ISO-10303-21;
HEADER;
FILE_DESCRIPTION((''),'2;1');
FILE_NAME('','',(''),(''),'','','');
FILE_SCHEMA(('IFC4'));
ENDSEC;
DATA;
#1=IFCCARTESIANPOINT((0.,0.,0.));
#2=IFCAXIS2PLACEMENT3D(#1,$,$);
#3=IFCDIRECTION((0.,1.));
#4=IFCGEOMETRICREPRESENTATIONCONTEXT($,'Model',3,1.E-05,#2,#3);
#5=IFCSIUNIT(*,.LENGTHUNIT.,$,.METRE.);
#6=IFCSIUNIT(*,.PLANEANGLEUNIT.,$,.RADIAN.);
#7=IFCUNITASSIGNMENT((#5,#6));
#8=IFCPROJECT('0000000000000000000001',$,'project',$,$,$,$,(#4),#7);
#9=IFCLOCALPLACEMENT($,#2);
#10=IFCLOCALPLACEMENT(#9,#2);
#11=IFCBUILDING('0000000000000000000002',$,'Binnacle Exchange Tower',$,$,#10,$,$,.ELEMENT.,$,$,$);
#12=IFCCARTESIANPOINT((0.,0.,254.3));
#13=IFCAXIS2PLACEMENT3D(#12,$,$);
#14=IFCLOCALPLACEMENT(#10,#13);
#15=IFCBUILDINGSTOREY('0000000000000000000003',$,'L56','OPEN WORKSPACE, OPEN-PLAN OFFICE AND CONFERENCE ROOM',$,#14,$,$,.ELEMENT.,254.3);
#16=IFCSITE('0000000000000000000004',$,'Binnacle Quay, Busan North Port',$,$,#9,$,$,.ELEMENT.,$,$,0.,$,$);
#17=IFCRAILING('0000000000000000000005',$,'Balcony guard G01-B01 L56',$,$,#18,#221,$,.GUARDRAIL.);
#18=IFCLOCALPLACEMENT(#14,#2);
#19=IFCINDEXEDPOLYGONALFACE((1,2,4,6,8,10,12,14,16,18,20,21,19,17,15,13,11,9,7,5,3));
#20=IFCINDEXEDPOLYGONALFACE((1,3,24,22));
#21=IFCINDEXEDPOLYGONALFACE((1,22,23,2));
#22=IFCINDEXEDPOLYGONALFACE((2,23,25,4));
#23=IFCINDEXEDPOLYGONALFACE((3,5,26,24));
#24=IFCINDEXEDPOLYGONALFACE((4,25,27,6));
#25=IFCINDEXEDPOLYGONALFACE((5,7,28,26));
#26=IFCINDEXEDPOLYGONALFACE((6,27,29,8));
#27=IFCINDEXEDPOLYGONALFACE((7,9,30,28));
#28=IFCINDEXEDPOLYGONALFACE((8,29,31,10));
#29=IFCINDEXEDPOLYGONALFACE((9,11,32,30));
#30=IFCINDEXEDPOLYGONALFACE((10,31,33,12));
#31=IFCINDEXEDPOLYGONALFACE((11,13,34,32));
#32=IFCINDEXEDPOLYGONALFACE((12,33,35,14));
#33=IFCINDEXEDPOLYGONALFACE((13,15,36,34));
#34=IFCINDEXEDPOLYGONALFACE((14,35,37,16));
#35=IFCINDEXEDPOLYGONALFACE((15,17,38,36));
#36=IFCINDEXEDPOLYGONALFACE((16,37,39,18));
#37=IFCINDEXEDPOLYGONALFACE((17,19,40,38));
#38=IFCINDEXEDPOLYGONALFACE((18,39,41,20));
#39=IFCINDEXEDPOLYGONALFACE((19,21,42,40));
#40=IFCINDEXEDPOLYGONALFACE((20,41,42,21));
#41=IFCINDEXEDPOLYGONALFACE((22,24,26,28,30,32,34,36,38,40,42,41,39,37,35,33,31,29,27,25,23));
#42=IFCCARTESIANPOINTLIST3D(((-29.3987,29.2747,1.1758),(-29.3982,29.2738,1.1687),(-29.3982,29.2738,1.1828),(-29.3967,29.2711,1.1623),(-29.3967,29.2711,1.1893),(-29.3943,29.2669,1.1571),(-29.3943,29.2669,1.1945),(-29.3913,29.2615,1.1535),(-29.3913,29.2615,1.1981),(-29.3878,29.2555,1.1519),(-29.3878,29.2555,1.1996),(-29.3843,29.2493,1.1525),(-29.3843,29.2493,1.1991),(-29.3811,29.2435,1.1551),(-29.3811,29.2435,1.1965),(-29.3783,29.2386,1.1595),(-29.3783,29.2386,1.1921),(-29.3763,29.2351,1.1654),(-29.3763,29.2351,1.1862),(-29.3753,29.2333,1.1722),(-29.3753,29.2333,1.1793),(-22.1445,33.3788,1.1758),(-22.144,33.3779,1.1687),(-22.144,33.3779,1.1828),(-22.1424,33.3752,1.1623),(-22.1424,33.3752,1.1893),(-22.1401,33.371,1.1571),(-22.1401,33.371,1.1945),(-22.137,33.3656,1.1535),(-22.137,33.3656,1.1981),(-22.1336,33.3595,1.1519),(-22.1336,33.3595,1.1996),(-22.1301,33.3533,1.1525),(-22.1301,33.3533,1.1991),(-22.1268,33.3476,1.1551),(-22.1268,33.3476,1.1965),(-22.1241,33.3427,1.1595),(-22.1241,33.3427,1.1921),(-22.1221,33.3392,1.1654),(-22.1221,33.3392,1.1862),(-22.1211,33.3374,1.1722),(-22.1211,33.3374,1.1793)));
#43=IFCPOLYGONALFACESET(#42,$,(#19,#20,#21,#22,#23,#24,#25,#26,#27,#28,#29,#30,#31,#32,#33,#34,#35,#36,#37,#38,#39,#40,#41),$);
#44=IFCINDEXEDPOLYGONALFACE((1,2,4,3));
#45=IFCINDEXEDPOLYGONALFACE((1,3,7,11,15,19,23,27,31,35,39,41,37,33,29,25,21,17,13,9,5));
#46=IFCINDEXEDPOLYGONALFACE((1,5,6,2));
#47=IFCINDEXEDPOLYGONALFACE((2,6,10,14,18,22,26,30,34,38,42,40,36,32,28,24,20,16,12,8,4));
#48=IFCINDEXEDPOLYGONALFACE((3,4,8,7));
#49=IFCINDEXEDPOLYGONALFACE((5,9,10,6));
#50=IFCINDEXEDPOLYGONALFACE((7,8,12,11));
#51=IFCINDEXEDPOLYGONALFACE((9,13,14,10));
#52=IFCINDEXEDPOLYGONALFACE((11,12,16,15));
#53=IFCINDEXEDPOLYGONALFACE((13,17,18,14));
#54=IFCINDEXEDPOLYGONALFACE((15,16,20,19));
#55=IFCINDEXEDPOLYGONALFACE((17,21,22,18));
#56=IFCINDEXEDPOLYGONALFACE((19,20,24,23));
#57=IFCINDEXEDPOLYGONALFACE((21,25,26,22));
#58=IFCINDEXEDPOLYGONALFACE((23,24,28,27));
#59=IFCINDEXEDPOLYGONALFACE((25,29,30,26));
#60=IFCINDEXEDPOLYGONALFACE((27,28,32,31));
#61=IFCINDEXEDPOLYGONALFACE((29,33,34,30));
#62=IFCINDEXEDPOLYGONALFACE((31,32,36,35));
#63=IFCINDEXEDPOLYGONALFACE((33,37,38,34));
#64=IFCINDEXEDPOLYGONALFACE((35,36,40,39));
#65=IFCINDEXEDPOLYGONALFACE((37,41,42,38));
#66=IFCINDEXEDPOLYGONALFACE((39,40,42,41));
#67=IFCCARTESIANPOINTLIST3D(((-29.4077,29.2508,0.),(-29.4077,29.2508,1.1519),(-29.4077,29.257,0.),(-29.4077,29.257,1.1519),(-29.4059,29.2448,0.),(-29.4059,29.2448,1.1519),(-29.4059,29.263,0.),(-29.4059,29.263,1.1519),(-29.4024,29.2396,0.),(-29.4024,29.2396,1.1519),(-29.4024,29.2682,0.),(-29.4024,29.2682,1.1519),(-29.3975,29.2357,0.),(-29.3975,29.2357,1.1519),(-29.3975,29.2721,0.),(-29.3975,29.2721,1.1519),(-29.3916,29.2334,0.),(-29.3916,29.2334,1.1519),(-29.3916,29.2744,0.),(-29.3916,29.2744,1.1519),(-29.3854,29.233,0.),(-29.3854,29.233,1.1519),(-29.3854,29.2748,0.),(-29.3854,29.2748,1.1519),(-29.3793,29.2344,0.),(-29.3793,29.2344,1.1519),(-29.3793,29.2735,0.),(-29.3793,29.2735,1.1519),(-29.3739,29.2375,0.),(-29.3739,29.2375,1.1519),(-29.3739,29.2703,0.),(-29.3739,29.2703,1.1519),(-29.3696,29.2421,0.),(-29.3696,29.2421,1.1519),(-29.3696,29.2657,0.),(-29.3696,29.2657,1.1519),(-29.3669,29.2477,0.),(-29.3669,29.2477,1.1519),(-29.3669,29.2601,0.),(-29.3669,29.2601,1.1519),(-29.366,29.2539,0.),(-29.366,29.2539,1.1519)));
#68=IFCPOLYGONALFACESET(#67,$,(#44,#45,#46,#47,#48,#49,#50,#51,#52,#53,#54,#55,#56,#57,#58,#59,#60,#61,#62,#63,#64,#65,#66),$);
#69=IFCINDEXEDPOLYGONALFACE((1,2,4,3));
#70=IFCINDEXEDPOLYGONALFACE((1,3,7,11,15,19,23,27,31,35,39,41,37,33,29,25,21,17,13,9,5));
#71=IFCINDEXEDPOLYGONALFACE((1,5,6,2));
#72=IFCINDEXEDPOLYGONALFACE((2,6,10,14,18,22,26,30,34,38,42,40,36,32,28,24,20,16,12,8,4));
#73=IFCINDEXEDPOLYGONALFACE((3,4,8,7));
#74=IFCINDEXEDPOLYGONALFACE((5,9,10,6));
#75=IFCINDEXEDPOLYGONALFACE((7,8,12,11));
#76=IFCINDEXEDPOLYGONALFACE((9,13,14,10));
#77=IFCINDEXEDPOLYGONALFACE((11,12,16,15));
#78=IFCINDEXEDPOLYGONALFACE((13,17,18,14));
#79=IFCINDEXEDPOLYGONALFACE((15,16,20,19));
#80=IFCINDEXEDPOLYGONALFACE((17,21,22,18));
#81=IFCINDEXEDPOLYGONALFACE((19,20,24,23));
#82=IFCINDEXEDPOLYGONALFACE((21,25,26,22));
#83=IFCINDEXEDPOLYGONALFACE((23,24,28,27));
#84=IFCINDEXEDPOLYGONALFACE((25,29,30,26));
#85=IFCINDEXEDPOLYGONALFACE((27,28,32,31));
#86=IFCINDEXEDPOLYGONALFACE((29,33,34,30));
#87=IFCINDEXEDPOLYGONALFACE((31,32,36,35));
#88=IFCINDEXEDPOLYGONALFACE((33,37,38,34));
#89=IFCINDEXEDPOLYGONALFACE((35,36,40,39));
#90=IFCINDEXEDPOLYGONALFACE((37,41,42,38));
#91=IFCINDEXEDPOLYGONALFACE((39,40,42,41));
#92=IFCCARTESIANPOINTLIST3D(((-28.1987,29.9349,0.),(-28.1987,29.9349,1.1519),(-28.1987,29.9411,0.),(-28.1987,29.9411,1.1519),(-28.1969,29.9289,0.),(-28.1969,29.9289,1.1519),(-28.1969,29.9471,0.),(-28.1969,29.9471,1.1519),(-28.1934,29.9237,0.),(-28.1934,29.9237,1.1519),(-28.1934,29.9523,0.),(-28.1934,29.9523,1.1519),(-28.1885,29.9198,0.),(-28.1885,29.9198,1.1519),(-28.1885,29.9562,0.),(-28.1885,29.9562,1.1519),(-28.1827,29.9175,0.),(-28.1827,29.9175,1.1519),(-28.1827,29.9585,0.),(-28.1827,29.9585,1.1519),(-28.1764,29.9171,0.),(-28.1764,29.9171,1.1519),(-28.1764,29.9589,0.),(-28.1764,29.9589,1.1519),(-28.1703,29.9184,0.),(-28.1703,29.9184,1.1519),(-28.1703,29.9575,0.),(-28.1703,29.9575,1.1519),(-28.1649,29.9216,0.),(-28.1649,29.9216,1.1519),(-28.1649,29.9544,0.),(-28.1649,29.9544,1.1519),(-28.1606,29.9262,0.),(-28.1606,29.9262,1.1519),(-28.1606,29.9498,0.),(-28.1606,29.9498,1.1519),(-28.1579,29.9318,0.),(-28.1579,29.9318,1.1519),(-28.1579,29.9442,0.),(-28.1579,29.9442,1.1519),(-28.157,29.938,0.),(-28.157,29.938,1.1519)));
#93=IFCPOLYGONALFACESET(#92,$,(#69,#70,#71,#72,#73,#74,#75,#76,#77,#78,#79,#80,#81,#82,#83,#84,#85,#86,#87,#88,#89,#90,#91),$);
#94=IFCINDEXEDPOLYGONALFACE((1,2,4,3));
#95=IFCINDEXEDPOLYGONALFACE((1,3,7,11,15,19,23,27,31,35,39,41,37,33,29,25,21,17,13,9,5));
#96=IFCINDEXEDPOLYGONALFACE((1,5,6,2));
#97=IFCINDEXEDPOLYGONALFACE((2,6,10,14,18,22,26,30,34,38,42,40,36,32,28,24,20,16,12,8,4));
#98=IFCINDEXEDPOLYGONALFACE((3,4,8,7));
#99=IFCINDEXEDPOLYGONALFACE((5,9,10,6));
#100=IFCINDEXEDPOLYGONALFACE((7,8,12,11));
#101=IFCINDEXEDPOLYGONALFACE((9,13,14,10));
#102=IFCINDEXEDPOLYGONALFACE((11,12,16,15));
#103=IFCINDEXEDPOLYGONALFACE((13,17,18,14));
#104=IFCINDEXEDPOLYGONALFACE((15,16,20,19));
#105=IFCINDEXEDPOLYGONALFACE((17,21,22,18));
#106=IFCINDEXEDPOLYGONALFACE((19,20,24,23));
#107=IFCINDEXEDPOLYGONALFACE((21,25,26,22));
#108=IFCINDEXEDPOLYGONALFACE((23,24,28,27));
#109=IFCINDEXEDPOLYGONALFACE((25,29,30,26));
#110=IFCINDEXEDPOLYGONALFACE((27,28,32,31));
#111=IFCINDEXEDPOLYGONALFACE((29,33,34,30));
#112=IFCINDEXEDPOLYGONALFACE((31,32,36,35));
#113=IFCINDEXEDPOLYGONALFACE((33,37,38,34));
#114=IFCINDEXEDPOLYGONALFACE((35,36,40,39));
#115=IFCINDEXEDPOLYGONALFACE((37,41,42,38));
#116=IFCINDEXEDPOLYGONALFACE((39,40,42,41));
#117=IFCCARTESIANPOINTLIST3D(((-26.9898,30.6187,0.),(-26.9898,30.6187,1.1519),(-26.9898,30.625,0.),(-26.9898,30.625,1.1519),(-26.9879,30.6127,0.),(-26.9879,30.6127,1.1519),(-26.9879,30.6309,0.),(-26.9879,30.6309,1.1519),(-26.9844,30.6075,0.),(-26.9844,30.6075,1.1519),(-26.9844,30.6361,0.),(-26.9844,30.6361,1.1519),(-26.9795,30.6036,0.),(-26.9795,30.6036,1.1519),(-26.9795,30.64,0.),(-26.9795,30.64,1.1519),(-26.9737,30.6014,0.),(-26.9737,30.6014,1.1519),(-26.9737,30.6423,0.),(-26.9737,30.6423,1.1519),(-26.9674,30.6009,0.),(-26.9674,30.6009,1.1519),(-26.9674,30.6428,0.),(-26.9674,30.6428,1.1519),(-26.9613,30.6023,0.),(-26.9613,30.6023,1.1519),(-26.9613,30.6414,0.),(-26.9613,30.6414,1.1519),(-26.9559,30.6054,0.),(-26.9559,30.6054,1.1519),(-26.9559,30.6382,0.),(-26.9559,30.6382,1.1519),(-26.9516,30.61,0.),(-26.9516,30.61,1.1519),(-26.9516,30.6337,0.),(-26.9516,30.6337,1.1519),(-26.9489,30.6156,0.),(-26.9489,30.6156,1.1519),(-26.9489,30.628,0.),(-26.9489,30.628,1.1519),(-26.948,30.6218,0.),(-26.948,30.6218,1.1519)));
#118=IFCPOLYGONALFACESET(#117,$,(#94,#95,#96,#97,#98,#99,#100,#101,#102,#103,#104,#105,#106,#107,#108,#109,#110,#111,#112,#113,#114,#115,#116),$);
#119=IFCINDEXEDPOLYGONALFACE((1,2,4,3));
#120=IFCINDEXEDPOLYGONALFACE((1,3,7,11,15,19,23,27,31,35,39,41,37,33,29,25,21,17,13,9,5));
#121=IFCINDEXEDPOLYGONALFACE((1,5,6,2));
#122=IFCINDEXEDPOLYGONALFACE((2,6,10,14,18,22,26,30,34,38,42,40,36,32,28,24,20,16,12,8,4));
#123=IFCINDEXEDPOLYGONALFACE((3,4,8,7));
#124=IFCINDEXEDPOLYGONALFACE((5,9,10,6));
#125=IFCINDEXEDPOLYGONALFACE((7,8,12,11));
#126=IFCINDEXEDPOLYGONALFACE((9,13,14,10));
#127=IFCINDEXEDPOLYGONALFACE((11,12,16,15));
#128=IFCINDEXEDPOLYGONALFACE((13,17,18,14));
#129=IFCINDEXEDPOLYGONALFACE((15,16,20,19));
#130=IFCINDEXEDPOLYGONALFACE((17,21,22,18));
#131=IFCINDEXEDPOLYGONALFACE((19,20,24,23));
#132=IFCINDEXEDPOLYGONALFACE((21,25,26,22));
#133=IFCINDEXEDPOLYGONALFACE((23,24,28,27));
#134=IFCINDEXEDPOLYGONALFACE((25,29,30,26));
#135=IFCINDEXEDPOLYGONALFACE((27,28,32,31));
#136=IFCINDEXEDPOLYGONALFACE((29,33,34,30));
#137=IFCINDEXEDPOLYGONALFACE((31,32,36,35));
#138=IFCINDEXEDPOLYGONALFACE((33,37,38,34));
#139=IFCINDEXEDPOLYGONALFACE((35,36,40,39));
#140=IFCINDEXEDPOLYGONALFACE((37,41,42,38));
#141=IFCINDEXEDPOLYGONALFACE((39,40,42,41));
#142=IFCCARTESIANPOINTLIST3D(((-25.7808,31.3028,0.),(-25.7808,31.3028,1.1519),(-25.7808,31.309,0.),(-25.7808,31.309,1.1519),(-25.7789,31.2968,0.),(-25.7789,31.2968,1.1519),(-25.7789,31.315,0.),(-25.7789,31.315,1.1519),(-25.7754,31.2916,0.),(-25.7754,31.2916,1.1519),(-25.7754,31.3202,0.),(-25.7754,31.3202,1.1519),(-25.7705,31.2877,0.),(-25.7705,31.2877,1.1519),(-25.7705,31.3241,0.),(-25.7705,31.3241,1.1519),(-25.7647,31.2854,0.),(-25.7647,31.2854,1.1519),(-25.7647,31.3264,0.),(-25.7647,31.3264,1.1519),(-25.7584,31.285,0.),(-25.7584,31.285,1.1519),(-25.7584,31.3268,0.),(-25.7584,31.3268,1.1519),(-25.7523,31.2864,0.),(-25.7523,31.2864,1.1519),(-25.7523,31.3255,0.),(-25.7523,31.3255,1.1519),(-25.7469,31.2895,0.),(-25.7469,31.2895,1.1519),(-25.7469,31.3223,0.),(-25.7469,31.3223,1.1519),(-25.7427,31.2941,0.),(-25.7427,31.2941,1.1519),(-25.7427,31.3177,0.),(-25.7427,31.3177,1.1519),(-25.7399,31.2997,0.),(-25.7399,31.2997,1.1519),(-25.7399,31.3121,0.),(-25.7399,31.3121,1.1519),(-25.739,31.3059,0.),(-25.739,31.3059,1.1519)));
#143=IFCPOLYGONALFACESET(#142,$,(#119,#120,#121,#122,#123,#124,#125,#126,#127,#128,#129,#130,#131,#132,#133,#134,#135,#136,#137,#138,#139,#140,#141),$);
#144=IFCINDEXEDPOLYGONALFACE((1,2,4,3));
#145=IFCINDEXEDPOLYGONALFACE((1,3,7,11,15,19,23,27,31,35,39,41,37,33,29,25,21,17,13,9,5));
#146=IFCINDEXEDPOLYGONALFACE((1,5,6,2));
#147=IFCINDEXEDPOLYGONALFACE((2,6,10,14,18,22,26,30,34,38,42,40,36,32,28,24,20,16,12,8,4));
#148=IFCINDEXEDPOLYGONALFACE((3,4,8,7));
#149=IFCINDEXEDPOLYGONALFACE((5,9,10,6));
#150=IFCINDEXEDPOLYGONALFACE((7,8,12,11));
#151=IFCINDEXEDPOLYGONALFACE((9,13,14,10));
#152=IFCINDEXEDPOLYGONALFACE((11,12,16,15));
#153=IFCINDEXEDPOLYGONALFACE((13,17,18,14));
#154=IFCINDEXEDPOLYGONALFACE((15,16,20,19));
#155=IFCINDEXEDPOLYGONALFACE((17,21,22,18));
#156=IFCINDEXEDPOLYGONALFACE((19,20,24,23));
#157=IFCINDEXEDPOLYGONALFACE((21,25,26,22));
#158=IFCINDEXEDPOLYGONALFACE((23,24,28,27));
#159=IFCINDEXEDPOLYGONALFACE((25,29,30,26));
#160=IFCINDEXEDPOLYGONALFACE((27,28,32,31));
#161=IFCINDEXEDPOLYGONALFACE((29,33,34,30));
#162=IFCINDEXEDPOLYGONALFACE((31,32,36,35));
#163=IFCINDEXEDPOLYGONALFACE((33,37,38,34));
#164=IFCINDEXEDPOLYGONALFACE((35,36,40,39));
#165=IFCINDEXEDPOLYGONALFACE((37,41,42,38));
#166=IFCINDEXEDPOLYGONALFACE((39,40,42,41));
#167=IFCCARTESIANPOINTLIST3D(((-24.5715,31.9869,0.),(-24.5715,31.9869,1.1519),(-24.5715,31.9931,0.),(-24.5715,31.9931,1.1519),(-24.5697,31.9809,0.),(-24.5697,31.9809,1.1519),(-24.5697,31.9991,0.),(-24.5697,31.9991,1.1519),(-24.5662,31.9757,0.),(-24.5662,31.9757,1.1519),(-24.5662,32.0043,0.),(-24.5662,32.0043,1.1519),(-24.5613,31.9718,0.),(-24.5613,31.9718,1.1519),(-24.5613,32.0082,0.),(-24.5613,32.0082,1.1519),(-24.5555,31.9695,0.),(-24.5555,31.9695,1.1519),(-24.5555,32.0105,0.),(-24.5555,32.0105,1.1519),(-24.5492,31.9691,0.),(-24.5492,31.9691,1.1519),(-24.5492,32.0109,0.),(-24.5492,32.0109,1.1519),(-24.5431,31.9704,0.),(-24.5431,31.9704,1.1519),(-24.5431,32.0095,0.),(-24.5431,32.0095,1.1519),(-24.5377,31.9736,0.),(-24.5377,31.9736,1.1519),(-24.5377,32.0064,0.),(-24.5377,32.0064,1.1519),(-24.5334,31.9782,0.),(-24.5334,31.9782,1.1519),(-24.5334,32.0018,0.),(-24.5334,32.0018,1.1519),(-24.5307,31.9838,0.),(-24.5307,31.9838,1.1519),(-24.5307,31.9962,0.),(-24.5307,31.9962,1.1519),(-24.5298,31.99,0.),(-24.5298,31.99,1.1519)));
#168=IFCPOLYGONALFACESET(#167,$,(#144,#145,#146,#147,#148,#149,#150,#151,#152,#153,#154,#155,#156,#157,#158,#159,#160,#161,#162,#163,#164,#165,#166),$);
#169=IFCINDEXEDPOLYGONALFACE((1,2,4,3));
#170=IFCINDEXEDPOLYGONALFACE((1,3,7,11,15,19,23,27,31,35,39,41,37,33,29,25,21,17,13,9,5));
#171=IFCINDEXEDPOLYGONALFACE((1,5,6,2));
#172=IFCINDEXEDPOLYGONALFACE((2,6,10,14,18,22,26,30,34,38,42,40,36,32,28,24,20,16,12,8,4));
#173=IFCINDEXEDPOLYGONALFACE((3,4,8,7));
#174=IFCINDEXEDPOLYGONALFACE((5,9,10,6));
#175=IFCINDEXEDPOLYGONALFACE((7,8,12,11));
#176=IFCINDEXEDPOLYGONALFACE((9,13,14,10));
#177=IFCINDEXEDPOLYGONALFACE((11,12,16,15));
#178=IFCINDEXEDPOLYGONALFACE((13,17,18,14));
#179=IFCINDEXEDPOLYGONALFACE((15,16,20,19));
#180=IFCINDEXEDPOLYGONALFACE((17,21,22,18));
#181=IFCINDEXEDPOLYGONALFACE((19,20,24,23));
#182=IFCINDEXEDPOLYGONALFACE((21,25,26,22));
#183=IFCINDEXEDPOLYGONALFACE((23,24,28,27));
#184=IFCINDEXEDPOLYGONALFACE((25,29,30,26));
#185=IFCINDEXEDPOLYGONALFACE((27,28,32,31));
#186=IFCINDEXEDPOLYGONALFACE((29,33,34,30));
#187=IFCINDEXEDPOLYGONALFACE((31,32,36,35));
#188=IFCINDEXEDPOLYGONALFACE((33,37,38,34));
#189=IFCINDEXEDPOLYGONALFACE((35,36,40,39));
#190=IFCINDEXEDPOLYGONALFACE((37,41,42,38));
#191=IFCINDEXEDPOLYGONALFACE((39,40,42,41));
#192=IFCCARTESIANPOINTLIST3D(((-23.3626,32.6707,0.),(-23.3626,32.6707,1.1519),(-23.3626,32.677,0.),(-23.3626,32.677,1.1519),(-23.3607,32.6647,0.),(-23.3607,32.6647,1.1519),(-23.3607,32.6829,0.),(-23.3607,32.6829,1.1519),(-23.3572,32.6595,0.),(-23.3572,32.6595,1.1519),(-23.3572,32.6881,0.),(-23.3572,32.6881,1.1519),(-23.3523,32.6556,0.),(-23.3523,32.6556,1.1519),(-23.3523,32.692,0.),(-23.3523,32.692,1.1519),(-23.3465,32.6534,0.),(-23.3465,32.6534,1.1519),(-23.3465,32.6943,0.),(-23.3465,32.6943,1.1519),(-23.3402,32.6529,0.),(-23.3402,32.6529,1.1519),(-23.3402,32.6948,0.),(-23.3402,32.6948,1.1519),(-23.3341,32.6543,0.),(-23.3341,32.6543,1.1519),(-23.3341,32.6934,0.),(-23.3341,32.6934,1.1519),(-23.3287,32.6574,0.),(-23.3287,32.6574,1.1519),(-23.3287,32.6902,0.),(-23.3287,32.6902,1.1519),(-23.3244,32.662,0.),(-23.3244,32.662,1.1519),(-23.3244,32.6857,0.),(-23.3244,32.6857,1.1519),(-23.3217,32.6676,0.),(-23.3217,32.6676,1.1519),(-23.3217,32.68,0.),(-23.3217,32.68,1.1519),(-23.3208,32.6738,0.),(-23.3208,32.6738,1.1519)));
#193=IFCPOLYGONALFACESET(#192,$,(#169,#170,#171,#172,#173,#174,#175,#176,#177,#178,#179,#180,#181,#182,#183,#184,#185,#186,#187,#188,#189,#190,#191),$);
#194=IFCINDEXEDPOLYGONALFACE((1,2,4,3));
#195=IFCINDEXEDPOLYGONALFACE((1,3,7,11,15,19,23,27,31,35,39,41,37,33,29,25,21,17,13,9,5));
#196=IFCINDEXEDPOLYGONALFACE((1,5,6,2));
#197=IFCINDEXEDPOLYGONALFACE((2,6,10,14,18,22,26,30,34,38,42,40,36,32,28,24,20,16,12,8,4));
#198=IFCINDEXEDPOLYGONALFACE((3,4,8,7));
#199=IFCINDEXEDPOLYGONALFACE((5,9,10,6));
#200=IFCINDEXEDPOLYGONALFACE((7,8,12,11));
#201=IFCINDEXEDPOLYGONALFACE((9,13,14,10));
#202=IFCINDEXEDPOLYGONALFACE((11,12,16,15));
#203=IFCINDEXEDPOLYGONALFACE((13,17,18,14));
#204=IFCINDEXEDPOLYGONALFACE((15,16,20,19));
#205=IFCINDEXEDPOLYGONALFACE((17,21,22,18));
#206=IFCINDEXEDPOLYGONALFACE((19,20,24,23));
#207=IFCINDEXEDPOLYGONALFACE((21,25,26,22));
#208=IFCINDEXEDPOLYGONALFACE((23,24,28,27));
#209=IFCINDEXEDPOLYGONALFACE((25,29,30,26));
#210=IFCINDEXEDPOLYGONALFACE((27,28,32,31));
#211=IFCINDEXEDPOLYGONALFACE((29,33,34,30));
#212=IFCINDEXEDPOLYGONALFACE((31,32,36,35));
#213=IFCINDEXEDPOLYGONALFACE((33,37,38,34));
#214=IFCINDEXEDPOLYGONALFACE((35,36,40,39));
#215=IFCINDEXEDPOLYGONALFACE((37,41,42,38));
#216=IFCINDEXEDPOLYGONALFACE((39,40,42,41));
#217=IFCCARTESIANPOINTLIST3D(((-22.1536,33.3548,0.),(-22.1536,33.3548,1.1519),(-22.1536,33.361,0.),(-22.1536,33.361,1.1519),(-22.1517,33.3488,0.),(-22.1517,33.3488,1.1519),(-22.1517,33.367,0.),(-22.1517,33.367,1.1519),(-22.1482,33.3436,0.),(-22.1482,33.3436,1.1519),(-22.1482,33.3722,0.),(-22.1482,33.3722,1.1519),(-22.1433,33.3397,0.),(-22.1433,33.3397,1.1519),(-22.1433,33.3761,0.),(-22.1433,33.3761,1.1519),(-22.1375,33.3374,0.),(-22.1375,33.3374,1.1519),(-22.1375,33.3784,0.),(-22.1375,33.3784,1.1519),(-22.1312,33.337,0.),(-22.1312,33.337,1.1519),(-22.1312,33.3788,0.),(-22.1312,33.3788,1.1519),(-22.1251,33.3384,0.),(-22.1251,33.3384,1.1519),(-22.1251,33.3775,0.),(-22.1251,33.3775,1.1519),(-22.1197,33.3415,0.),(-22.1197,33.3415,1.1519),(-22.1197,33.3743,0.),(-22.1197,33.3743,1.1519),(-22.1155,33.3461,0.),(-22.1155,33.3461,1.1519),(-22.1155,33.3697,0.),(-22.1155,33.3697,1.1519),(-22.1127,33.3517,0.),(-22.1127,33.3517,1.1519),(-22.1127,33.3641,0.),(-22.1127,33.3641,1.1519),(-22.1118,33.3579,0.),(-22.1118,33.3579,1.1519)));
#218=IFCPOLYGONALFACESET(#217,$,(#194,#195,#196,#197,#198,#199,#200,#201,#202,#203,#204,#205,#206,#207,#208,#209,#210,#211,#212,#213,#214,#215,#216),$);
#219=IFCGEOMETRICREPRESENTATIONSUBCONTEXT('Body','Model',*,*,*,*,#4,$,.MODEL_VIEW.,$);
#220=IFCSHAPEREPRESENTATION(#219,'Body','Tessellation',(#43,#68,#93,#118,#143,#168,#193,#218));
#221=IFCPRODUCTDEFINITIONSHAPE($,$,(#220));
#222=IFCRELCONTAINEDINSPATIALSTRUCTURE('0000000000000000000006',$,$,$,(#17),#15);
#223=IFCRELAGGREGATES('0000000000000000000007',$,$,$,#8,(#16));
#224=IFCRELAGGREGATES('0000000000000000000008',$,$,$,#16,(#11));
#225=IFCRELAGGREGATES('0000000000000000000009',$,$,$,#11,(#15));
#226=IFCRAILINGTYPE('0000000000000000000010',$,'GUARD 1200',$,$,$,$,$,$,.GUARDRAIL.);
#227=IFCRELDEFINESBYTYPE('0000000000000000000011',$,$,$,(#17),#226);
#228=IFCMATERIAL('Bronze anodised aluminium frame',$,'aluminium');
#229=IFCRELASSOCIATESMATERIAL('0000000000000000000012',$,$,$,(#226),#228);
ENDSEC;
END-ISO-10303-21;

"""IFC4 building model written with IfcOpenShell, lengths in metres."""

from ifc_helpers import new_model, si_unit, direction, frame, origin, origin_2d, place, context, subcontext, project, spatial, circle, extrude, material, type_object, element, save


model = new_model("IFC4")

# Units and contexts
model_context = context("Model", 3, precision=1e-05, world=origin(), true_north=direction((0.0, 1.0)))
body_context = subcontext(model_context, "Body", "Model", "MODEL_VIEW")
ifc_project = project(units=[si_unit("LENGTHUNIT", "METRE"), si_unit("PLANEANGLEUNIT", "RADIAN")], contexts=[model_context])

# Site, building, storey
site_placement = place(None, origin())
site = spatial("IfcSite", under=ifc_project, at=site_placement, Name="Binnacle Quay, Busan North Port", CompositionType="ELEMENT", RefElevation=0.0)
building_placement = place(site_placement, origin())
building = spatial("IfcBuilding", under=site, at=building_placement, Name="Binnacle Exchange Tower", CompositionType="ELEMENT")
storey_placement = place(building_placement, frame((0.0, 0.0, 254.3)))
storey = spatial("IfcBuildingStorey", under=building, at=storey_placement, Name="L56", Description="OPEN WORKSPACE, OPEN-PLAN OFFICE AND CONFERENCE ROOM", CompositionType="ELEMENT", Elevation=254.3)

# Railing
ifc_material_1 = material(Name="Bronze anodised aluminium frame", Category="aluminium")
railing_type_1 = type_object("IfcRailingType", Name="GUARD 1200", PredefinedType="GUARDRAIL", material=ifc_material_1)
railing_1_placement = place(storey_placement, frame((-29.387, 29.2539, 0.0)))
element("IfcRailing", 1, at=railing_1_placement, inside=storey, type_object=railing_type_1, Name="Balcony guard G01-B01 L56", PredefinedType="GUARDRAIL", context=body_context, shape_type="SweptSolid", body=[
    extrude(circle(Radius=0.0239, at=origin_2d()), frame((0.0, 0.0, 1.1758), z_axis=(0.870366, 0.492406, 0.0), x_axis=(-0.492406, 0.870366, 0.0)), (0.0, 0.0, 1.0), 8.3347),
    extrude(circle(Radius=0.021, at=origin_2d()), origin(), (0.0, 0.0, 1.0), 1.1519),
    extrude(circle(Radius=0.021, at=origin_2d()), frame((1.209, 0.6841, 0.0)), (0.0, 0.0, 1.0), 1.1519),
    extrude(circle(Radius=0.021, at=origin_2d()), frame((2.418, 1.3679, 0.0)), (0.0, 0.0, 1.0), 1.1519),
    extrude(circle(Radius=0.021, at=origin_2d()), frame((3.627, 2.052, 0.0)), (0.0, 0.0, 1.0), 1.1519),
    extrude(circle(Radius=0.021, at=origin_2d()), frame((4.8362, 2.7361, 0.0)), (0.0, 0.0, 1.0), 1.1519),
    extrude(circle(Radius=0.021, at=origin_2d()), frame((6.0452, 3.4199, 0.0)), (0.0, 0.0, 1.0), 1.1519),
    extrude(circle(Radius=0.021, at=origin_2d()), frame((7.2542, 4.104, 0.0)), (0.0, 0.0, 1.0), 1.1519),
])

save(model, "model.ifc")
